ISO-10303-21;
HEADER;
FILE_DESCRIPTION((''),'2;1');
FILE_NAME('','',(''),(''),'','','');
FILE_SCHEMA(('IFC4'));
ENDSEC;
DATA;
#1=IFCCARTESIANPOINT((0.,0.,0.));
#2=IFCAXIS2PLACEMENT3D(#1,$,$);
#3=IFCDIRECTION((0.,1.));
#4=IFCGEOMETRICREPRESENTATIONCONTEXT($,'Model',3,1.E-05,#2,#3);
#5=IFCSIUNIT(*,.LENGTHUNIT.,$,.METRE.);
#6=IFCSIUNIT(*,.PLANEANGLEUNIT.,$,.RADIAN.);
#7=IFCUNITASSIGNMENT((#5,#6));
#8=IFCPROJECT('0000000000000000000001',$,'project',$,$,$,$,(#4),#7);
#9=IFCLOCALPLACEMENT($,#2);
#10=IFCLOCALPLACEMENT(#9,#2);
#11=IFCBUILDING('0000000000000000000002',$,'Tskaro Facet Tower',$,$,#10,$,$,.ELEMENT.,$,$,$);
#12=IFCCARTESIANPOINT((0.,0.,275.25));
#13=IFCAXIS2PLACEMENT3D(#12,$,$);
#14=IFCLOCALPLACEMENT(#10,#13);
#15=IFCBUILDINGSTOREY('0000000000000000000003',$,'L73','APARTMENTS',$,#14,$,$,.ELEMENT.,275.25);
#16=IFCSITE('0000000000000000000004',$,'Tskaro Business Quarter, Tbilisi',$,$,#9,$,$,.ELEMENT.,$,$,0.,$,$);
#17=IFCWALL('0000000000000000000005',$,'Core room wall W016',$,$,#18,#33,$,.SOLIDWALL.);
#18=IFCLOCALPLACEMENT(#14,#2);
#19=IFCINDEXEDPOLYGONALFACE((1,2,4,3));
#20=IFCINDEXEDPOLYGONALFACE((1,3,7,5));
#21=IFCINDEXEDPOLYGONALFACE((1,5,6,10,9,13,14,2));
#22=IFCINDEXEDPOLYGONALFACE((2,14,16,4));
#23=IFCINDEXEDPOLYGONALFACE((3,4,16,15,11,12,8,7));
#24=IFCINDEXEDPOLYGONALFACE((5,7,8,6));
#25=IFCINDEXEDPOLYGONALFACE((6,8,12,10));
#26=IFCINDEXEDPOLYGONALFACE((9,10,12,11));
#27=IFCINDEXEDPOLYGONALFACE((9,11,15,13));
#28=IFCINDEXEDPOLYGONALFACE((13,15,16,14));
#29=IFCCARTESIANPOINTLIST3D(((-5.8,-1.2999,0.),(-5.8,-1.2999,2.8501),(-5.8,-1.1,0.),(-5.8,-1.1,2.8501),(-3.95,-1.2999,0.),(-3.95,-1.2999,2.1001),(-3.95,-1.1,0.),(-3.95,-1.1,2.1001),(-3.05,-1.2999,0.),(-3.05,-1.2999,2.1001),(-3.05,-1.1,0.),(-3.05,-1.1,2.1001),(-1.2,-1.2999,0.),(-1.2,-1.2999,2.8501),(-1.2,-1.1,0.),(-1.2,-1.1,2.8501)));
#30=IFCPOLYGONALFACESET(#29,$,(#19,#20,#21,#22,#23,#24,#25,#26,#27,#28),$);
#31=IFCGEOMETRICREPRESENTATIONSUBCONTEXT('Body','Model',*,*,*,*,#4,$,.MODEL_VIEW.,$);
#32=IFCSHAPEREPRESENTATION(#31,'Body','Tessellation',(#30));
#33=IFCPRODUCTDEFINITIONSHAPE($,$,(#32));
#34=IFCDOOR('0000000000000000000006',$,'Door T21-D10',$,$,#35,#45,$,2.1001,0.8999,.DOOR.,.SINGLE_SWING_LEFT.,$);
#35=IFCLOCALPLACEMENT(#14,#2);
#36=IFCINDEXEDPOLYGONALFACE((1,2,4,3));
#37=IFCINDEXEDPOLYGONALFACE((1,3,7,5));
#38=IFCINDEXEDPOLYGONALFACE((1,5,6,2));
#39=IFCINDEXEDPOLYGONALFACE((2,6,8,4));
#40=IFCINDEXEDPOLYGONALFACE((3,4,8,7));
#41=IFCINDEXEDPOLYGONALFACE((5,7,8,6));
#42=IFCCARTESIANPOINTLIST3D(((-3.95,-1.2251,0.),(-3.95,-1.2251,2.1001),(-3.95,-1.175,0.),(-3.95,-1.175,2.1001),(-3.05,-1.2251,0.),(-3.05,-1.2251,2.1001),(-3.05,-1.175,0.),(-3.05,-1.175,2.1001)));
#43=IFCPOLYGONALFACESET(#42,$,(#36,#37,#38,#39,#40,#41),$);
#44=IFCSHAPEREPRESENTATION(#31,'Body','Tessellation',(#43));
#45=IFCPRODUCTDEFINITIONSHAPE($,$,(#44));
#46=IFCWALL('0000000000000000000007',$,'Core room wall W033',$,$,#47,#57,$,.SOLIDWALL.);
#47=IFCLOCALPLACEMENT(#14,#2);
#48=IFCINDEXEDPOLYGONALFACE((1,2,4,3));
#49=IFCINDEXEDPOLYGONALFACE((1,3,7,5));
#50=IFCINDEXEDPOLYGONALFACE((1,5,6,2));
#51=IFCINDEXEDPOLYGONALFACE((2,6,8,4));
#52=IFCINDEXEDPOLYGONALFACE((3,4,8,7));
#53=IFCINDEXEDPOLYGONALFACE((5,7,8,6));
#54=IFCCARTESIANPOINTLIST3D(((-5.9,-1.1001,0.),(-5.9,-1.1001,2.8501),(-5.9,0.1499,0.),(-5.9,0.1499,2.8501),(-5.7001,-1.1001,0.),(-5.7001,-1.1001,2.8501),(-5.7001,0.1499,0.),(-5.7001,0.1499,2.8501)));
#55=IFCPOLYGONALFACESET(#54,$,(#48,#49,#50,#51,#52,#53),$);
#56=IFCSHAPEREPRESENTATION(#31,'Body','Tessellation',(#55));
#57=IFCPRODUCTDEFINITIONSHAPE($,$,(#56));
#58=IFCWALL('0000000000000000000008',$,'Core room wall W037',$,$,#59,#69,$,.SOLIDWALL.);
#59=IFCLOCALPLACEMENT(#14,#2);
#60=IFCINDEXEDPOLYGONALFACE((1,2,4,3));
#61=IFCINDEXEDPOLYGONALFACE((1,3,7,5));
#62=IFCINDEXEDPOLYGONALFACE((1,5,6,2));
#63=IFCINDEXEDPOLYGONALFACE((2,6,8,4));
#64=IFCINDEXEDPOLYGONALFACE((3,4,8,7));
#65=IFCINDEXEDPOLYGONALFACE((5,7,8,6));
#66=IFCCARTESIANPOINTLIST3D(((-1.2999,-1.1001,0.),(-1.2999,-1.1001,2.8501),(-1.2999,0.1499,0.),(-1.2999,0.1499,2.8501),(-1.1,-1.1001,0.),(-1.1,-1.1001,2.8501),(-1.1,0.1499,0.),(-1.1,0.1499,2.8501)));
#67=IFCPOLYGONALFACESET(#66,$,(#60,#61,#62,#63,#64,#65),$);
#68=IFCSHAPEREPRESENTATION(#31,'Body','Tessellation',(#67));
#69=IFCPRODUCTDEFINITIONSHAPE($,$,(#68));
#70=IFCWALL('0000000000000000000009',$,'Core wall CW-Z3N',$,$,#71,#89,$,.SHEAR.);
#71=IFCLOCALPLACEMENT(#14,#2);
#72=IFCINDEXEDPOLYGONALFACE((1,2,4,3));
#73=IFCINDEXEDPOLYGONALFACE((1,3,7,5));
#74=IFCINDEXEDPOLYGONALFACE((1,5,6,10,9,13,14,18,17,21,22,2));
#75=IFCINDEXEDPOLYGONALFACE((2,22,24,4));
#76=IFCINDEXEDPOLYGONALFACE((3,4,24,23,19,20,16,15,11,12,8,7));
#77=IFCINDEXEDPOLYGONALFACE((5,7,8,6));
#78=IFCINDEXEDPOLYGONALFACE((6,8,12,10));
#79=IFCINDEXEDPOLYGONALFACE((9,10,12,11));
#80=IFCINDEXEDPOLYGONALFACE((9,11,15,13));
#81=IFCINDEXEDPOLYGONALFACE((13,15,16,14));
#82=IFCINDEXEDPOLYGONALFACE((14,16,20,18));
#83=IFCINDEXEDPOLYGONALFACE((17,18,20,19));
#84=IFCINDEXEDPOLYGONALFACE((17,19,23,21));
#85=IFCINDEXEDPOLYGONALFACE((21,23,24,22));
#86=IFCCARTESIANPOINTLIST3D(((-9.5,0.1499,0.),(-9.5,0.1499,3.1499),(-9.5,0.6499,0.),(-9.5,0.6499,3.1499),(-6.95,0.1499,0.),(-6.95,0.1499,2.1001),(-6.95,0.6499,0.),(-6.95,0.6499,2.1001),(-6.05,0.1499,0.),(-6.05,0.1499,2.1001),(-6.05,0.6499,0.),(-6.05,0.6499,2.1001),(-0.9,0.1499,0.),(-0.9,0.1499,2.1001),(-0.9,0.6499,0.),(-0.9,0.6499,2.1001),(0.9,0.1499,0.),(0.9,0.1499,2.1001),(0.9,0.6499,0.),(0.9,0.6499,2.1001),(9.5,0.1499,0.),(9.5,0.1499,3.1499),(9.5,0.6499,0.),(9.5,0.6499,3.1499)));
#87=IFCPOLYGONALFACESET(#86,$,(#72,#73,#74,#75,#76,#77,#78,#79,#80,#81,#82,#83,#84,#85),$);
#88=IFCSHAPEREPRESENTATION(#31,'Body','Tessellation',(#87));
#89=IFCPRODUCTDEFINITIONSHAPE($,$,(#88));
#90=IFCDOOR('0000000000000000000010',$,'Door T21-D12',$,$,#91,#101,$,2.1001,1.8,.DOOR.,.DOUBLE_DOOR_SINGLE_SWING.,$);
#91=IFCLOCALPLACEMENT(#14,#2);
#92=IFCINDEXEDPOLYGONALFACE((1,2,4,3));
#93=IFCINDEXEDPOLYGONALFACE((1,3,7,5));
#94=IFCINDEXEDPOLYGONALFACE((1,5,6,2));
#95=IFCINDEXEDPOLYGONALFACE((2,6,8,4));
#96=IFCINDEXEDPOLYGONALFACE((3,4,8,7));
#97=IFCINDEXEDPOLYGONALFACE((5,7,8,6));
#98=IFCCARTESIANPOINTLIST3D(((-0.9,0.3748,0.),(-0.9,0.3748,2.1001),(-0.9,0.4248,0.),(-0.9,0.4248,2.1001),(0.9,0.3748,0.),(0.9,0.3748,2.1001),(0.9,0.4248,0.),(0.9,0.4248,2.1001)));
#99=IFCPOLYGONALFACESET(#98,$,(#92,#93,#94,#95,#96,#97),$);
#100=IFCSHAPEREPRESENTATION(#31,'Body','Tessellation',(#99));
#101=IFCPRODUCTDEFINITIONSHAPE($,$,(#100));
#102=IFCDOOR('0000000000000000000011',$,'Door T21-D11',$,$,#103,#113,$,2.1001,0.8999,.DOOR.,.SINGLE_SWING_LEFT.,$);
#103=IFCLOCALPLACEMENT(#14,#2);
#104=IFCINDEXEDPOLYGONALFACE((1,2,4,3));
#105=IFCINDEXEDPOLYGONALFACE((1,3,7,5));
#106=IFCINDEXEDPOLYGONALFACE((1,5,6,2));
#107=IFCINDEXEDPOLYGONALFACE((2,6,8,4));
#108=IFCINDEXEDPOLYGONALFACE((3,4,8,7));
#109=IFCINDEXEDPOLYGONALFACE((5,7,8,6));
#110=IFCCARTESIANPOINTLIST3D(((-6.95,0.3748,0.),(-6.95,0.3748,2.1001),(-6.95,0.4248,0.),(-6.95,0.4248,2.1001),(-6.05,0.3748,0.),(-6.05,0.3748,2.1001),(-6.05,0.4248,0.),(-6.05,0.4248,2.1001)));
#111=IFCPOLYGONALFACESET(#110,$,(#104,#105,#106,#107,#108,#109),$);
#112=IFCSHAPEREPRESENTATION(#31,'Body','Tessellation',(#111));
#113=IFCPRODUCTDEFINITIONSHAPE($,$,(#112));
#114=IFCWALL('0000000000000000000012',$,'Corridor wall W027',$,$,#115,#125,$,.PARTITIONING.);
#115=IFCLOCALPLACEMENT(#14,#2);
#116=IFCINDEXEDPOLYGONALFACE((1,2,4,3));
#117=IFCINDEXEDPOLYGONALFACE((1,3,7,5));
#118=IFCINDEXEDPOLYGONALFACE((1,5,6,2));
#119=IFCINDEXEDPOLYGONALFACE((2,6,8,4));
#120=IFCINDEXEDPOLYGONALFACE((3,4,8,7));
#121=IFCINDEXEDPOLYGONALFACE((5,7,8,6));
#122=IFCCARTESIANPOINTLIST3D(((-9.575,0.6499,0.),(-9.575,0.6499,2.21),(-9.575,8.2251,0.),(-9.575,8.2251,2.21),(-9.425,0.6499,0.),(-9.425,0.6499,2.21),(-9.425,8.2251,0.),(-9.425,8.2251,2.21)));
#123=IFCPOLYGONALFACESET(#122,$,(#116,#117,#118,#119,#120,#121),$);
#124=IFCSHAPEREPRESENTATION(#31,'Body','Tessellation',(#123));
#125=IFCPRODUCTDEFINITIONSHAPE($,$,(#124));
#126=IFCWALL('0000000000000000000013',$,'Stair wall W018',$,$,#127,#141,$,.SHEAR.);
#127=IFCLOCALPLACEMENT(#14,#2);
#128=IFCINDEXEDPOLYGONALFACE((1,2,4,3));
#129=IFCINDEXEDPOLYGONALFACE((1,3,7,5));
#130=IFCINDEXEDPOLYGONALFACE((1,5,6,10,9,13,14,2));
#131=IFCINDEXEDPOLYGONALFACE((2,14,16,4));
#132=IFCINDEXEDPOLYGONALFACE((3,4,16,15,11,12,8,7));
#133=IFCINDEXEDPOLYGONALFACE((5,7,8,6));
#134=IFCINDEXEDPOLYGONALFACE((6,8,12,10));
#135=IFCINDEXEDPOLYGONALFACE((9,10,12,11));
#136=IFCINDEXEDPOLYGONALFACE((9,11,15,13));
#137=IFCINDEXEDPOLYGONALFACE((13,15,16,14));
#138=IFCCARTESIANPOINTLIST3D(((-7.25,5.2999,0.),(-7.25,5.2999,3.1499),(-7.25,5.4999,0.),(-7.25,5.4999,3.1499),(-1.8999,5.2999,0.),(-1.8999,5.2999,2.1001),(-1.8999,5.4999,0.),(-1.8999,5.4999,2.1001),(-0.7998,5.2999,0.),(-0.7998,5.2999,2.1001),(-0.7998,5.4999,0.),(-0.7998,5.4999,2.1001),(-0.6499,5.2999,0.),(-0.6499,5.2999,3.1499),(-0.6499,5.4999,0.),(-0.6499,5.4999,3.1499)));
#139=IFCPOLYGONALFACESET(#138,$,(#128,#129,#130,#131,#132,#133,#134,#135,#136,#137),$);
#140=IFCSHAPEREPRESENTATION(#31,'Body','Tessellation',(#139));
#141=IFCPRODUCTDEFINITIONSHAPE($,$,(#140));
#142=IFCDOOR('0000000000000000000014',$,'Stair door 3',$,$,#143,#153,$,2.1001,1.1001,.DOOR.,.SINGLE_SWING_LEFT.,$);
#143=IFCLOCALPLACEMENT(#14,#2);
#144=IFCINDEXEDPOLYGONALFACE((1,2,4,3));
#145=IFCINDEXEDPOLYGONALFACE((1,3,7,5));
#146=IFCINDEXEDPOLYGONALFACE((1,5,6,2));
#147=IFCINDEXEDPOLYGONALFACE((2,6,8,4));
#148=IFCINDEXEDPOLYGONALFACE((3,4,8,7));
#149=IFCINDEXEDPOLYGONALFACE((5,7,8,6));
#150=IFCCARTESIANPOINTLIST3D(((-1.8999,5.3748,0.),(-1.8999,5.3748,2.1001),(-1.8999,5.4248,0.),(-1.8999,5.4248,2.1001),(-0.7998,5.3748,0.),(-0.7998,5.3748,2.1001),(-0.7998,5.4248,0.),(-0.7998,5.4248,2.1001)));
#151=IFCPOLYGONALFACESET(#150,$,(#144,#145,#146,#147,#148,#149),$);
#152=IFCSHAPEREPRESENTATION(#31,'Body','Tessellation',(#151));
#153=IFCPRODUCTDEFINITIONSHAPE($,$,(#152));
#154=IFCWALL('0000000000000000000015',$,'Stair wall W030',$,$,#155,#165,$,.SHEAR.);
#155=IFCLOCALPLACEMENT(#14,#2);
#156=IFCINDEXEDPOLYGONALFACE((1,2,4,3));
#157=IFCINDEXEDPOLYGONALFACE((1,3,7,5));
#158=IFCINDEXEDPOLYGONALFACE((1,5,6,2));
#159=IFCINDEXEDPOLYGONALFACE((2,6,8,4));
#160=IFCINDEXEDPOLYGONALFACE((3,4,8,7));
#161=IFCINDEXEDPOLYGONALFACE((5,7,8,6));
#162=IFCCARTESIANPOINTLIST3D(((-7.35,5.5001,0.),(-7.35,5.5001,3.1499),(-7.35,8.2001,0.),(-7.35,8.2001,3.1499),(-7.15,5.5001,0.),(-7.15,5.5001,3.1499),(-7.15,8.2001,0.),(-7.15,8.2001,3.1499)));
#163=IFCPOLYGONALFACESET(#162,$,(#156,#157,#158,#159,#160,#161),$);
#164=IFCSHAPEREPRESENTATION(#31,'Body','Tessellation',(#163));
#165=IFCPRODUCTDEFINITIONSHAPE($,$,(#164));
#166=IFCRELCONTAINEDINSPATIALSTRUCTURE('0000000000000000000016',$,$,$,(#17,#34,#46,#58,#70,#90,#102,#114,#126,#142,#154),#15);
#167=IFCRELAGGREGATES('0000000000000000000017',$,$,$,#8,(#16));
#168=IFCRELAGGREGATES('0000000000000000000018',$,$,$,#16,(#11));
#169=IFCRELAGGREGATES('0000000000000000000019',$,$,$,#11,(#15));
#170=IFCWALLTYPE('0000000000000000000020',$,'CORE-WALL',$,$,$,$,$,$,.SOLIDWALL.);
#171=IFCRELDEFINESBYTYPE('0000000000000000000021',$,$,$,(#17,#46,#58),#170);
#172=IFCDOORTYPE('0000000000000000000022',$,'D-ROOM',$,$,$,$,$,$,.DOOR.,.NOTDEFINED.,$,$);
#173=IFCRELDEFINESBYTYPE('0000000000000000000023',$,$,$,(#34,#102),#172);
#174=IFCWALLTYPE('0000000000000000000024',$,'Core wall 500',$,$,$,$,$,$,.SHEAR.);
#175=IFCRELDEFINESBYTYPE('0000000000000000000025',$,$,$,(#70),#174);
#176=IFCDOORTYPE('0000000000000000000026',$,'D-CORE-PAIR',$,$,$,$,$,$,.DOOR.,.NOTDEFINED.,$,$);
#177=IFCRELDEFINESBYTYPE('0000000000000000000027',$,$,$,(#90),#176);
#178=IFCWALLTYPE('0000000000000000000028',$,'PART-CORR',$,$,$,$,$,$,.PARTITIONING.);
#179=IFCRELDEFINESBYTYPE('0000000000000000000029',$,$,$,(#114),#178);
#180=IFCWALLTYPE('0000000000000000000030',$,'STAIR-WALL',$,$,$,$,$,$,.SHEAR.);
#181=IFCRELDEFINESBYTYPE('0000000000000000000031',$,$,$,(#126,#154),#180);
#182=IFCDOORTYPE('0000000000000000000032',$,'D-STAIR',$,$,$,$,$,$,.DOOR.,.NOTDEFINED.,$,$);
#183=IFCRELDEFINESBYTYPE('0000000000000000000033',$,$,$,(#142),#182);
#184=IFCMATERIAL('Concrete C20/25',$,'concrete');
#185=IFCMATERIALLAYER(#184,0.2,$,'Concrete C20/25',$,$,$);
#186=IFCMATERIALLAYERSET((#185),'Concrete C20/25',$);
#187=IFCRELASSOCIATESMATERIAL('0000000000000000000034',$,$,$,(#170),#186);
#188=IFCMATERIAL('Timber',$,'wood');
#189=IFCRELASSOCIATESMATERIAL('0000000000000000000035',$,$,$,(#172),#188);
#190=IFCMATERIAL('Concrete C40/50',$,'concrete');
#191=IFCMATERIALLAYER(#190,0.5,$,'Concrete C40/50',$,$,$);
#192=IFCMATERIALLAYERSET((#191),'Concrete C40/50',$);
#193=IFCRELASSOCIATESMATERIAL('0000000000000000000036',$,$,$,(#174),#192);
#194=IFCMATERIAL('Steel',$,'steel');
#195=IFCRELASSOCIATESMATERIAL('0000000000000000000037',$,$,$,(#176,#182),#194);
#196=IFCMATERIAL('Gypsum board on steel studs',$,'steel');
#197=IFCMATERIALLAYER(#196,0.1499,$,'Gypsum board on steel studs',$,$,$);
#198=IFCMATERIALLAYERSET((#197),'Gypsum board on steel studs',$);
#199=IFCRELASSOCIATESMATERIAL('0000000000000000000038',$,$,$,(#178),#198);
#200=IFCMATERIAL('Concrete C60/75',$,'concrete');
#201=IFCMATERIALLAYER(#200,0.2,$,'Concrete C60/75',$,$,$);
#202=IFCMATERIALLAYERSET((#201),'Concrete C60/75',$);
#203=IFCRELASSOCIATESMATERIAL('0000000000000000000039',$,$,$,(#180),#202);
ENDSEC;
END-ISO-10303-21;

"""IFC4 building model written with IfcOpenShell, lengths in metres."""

from ifc_helpers import new_model, si_unit, direction, frame, frame_2d, origin, place, context, subcontext, project, spatial, rectangle, extrude, material, layer, layer_set, type_object, element, fill, save


model = new_model("IFC4")

# Units and contexts
model_context = context("Model", 3, precision=1e-05, world=origin(), true_north=direction((0.0, 1.0)))
body_context = subcontext(model_context, "Body", "Model", "MODEL_VIEW")
ifc_project = project(units=[si_unit("LENGTHUNIT", "METRE"), si_unit("PLANEANGLEUNIT", "RADIAN")], contexts=[model_context])

# Site, building, storey
site_placement = place(None, origin())
site = spatial("IfcSite", under=ifc_project, at=site_placement, Name="Tskaro Business Quarter, Tbilisi", CompositionType="ELEMENT", RefElevation=0.0)
building_placement = place(site_placement, origin())
building = spatial("IfcBuilding", under=site, at=building_placement, Name="Tskaro Facet Tower", CompositionType="ELEMENT")
storey_placement = place(building_placement, frame((0.0, 0.0, 275.25)))
storey = spatial("IfcBuildingStorey", under=building, at=storey_placement, Name="L73", Description="APARTMENTS", CompositionType="ELEMENT", Elevation=275.25)

# Shared definitions
ifc_material_1 = material(Name="Concrete C40/50", Category="concrete")

# Shared definitions
ifc_material_2 = material(Name="Concrete C60/75", Category="concrete")

# Wall, opening, door
ifc_material_3 = material(Name="Concrete C20/25", Category="concrete")
ifc_layer_1 = layer(ifc_material_3, 0.2, Name="Concrete C20/25")
ifc_layer_set_1 = layer_set([ifc_layer_1], Name="Concrete C20/25")
wall_type_1 = type_object("IfcWallType", Name="CORE-WALL", PredefinedType="SOLIDWALL", material=ifc_layer_set_1)
wall_1_placement = place(storey_placement, frame((-5.8, -1.2, 0.0), z_axis=(0.0, 0.0, 1.0), x_axis=(1.0, 0.0, 0.0)))
wall_1 = element("IfcWall", 1, at=wall_1_placement, inside=storey, type_object=wall_type_1, Name="Core room wall W016", PredefinedType="SOLIDWALL", context=body_context, shape_type="SweptSolid", body=[
    extrude(rectangle(XDim=4.6001, YDim=0.2, at=frame_2d((2.3, 0.0))), origin(), (0.0, 0.0, 1.0), 2.8501),
])
opening_1_placement = place(wall_1_placement, frame((1.8501, 0.0, 0.0)))
opening_1 = element("IfcOpeningElement", 2, at=opening_1_placement, cuts=wall_1, PredefinedType="OPENING", context=body_context, shape_type="SweptSolid", body=[
    extrude(rectangle(XDim=0.8999, YDim=2.1001, at=frame_2d((0.45, 1.05))), frame((0.0, 0.1099, 0.0), z_axis=(0.0, -1.0, 0.0), x_axis=(1.0, 0.0, 0.0)), (0.0, 0.0, 1.0), 0.22),
])
ifc_material_4 = material(Name="Timber", Category="wood")
door_type_1 = type_object("IfcDoorType", Name="D-ROOM", OperationType="NOTDEFINED", PredefinedType="DOOR", material=ifc_material_4)
door_1_placement = place(opening_1_placement, origin())
door_1 = element("IfcDoor", 3, at=door_1_placement, inside=storey, type_object=door_type_1, Name="Door T21-D10", OperationType="SINGLE_SWING_LEFT", OverallHeight=2.1001, OverallWidth=0.8999, PredefinedType="DOOR", context=body_context, shape_type="SweptSolid", body=[
    extrude(rectangle(XDim=0.8999, YDim=2.1001, at=frame_2d((0.45, 1.05))), frame((0.0, 0.0249, 0.0), z_axis=(0.0, -1.0, 0.0), x_axis=(1.0, 0.0, 0.0)), (0.0, 0.0, 1.0), 0.05),
])
fill(opening_1, door_1)

# Walls
for number, where, z_axis, x_axis, name in (
    (4, (-5.8, -1.1001, 0.0), (0.0, 0.0, 1.0), (0.0, 1.0, 0.0), "Core room wall W033"),
    (5, (-1.2, -1.1001, 0.0), (0.0, 0.0, 1.0), (0.0, 1.0, 0.0), "Core room wall W037"),
):
    element("IfcWall", number, at=place(storey_placement, frame(where, z_axis=z_axis, x_axis=x_axis)), inside=storey, type_object=wall_type_1, Name=name, PredefinedType="SOLIDWALL", context=body_context, shape_type="SweptSolid", body=[
        extrude(rectangle(XDim=1.25, YDim=0.2, at=frame_2d((0.625, 0.0))), origin(), (0.0, 0.0, 1.0), 2.8501),
    ])

# Wall, openings, doors
ifc_layer_2 = layer(ifc_material_1, 0.5, Name="Concrete C40/50")
ifc_layer_set_2 = layer_set([ifc_layer_2], Name="Concrete C40/50")
wall_type_2 = type_object("IfcWallType", Name="Core wall 500", PredefinedType="SHEAR", material=ifc_layer_set_2)
wall_2_placement = place(storey_placement, frame((-9.5, 0.3999, 0.0), z_axis=(0.0, 0.0, 1.0), x_axis=(1.0, 0.0, 0.0)))
wall_2 = element("IfcWall", 6, at=wall_2_placement, inside=storey, type_object=wall_type_2, Name="Core wall CW-Z3N", PredefinedType="SHEAR", context=body_context, shape_type="SweptSolid", body=[
    extrude(rectangle(XDim=19.0, YDim=0.5, at=frame_2d((9.5, 0.0))), origin(), (0.0, 0.0, 1.0), 3.1499),
])
opening_2_placement = place(wall_2_placement, frame((8.6001, 0.0, 0.0)))
opening_2 = element("IfcOpeningElement", 7, at=opening_2_placement, cuts=wall_2, PredefinedType="OPENING", context=body_context, shape_type="SweptSolid", body=[
    extrude(rectangle(XDim=1.8, YDim=2.1001, at=frame_2d((0.8999, 1.05))), frame((0.0, 0.26, 0.0), z_axis=(0.0, -1.0, 0.0), x_axis=(1.0, 0.0, 0.0)), (0.0, 0.0, 1.0), 0.52),
])
opening_3_placement = place(wall_2_placement, frame((2.55, 0.0, 0.0)))
opening_3 = element("IfcOpeningElement", 8, at=opening_3_placement, cuts=wall_2, PredefinedType="OPENING", context=body_context, shape_type="SweptSolid", body=[
    extrude(rectangle(XDim=0.8999, YDim=2.1001, at=frame_2d((0.45, 1.05))), frame((0.0, 0.26, 0.0), z_axis=(0.0, -1.0, 0.0), x_axis=(1.0, 0.0, 0.0)), (0.0, 0.0, 1.0), 0.52),
])
ifc_material_5 = material(Name="Steel", Category="steel")
door_type_2 = type_object("IfcDoorType", Name="D-CORE-PAIR", OperationType="NOTDEFINED", PredefinedType="DOOR", material=ifc_material_5)
door_2_placement = place(opening_2_placement, origin())
door_2 = element("IfcDoor", 9, at=door_2_placement, inside=storey, type_object=door_type_2, Name="Door T21-D12", OperationType="DOUBLE_DOOR_SINGLE_SWING", OverallHeight=2.1001, OverallWidth=1.8, PredefinedType="DOOR", context=body_context, shape_type="SweptSolid", body=[
    extrude(rectangle(XDim=1.8, YDim=2.1001, at=frame_2d((0.8999, 1.05))), frame((0.0, 0.0249, 0.0), z_axis=(0.0, -1.0, 0.0), x_axis=(1.0, 0.0, 0.0)), (0.0, 0.0, 1.0), 0.05),
])
fill(opening_2, door_2)
door_3_placement = place(opening_3_placement, origin())
door_3 = element("IfcDoor", 10, at=door_3_placement, inside=storey, type_object=door_type_1, Name="Door T21-D11", OperationType="SINGLE_SWING_LEFT", OverallHeight=2.1001, OverallWidth=0.8999, PredefinedType="DOOR", context=body_context, shape_type="SweptSolid", body=[
    extrude(rectangle(XDim=0.8999, YDim=2.1001, at=frame_2d((0.45, 1.05))), frame((0.0, 0.0249, 0.0), z_axis=(0.0, -1.0, 0.0), x_axis=(1.0, 0.0, 0.0)), (0.0, 0.0, 1.0), 0.05),
])
fill(opening_3, door_3)

# Wall
ifc_material_6 = material(Name="Gypsum board on steel studs", Category="steel")
ifc_layer_3 = layer(ifc_material_6, 0.1499, Name="Gypsum board on steel studs")
ifc_layer_set_3 = layer_set([ifc_layer_3], Name="Gypsum board on steel studs")
wall_type_3 = type_object("IfcWallType", Name="PART-CORR", PredefinedType="PARTITIONING", material=ifc_layer_set_3)
wall_3_placement = place(storey_placement, frame((-9.5, 0.6499, 0.0), z_axis=(0.0, 0.0, 1.0), x_axis=(0.0, 1.0, 0.0)))
element("IfcWall", 11, at=wall_3_placement, inside=storey, type_object=wall_type_3, Name="Corridor wall W027", PredefinedType="PARTITIONING", context=body_context, shape_type="SweptSolid", body=[
    extrude(rectangle(XDim=7.5752, YDim=0.1499, at=frame_2d((3.7876, 0.0))), origin(), (0.0, 0.0, 1.0), 2.21),
])

# Wall, opening, door
ifc_layer_4 = layer(ifc_material_2, 0.2, Name="Concrete C60/75")
ifc_layer_set_4 = layer_set([ifc_layer_4], Name="Concrete C60/75")
wall_type_4 = type_object("IfcWallType", Name="STAIR-WALL", PredefinedType="SHEAR", material=ifc_layer_set_4)
wall_4_placement = place(storey_placement, frame((-7.25, 5.3999, 0.0), z_axis=(0.0, 0.0, 1.0), x_axis=(1.0, 0.0, 0.0)))
wall_4 = element("IfcWall", 12, at=wall_4_placement, inside=storey, type_object=wall_type_4, Name="Stair wall W018", PredefinedType="SHEAR", context=body_context, shape_type="SweptSolid", body=[
    extrude(rectangle(XDim=6.6001, YDim=0.2, at=frame_2d((3.3, 0.0))), origin(), (0.0, 0.0, 1.0), 3.1499),
])
opening_4_placement = place(wall_4_placement, frame((5.3501, 0.0, 0.0)))
opening_4 = element("IfcOpeningElement", 13, at=opening_4_placement, cuts=wall_4, PredefinedType="OPENING", context=body_context, shape_type="SweptSolid", body=[
    extrude(rectangle(XDim=1.1001, YDim=2.1001, at=frame_2d((0.55, 1.05))), frame((0.0, 0.1099, 0.0), z_axis=(0.0, -1.0, 0.0), x_axis=(1.0, 0.0, 0.0)), (0.0, 0.0, 1.0), 0.22),
])
door_type_3 = type_object("IfcDoorType", Name="D-STAIR", OperationType="NOTDEFINED", PredefinedType="DOOR", material=ifc_material_5)
door_4_placement = place(opening_4_placement, origin())
door_4 = element("IfcDoor", 14, at=door_4_placement, inside=storey, type_object=door_type_3, Name="Stair door 3", OperationType="SINGLE_SWING_LEFT", OverallHeight=2.1001, OverallWidth=1.1001, PredefinedType="DOOR", context=body_context, shape_type="SweptSolid", body=[
    extrude(rectangle(XDim=1.1001, YDim=2.1001, at=frame_2d((0.55, 1.05))), frame((0.0, 0.0249, 0.0), z_axis=(0.0, -1.0, 0.0), x_axis=(1.0, 0.0, 0.0)), (0.0, 0.0, 1.0), 0.05),
])
fill(opening_4, door_4)

# Wall
for number, where, z_axis, x_axis, name in (
    (15, (-7.25, 5.5, 0.0), (0.0, 0.0, 1.0), (0.0, 1.0, 0.0), "Stair wall W030"),
):
    element("IfcWall", number, at=place(storey_placement, frame(where, z_axis=z_axis, x_axis=x_axis)), inside=storey, type_object=wall_type_4, Name=name, PredefinedType="SHEAR", context=body_context, shape_type="SweptSolid", body=[
        extrude(rectangle(XDim=2.7, YDim=0.2, at=frame_2d((1.3501, 0.0))), origin(), (0.0, 0.0, 1.0), 3.1499),
    ])

save(model, "model.ifc")
